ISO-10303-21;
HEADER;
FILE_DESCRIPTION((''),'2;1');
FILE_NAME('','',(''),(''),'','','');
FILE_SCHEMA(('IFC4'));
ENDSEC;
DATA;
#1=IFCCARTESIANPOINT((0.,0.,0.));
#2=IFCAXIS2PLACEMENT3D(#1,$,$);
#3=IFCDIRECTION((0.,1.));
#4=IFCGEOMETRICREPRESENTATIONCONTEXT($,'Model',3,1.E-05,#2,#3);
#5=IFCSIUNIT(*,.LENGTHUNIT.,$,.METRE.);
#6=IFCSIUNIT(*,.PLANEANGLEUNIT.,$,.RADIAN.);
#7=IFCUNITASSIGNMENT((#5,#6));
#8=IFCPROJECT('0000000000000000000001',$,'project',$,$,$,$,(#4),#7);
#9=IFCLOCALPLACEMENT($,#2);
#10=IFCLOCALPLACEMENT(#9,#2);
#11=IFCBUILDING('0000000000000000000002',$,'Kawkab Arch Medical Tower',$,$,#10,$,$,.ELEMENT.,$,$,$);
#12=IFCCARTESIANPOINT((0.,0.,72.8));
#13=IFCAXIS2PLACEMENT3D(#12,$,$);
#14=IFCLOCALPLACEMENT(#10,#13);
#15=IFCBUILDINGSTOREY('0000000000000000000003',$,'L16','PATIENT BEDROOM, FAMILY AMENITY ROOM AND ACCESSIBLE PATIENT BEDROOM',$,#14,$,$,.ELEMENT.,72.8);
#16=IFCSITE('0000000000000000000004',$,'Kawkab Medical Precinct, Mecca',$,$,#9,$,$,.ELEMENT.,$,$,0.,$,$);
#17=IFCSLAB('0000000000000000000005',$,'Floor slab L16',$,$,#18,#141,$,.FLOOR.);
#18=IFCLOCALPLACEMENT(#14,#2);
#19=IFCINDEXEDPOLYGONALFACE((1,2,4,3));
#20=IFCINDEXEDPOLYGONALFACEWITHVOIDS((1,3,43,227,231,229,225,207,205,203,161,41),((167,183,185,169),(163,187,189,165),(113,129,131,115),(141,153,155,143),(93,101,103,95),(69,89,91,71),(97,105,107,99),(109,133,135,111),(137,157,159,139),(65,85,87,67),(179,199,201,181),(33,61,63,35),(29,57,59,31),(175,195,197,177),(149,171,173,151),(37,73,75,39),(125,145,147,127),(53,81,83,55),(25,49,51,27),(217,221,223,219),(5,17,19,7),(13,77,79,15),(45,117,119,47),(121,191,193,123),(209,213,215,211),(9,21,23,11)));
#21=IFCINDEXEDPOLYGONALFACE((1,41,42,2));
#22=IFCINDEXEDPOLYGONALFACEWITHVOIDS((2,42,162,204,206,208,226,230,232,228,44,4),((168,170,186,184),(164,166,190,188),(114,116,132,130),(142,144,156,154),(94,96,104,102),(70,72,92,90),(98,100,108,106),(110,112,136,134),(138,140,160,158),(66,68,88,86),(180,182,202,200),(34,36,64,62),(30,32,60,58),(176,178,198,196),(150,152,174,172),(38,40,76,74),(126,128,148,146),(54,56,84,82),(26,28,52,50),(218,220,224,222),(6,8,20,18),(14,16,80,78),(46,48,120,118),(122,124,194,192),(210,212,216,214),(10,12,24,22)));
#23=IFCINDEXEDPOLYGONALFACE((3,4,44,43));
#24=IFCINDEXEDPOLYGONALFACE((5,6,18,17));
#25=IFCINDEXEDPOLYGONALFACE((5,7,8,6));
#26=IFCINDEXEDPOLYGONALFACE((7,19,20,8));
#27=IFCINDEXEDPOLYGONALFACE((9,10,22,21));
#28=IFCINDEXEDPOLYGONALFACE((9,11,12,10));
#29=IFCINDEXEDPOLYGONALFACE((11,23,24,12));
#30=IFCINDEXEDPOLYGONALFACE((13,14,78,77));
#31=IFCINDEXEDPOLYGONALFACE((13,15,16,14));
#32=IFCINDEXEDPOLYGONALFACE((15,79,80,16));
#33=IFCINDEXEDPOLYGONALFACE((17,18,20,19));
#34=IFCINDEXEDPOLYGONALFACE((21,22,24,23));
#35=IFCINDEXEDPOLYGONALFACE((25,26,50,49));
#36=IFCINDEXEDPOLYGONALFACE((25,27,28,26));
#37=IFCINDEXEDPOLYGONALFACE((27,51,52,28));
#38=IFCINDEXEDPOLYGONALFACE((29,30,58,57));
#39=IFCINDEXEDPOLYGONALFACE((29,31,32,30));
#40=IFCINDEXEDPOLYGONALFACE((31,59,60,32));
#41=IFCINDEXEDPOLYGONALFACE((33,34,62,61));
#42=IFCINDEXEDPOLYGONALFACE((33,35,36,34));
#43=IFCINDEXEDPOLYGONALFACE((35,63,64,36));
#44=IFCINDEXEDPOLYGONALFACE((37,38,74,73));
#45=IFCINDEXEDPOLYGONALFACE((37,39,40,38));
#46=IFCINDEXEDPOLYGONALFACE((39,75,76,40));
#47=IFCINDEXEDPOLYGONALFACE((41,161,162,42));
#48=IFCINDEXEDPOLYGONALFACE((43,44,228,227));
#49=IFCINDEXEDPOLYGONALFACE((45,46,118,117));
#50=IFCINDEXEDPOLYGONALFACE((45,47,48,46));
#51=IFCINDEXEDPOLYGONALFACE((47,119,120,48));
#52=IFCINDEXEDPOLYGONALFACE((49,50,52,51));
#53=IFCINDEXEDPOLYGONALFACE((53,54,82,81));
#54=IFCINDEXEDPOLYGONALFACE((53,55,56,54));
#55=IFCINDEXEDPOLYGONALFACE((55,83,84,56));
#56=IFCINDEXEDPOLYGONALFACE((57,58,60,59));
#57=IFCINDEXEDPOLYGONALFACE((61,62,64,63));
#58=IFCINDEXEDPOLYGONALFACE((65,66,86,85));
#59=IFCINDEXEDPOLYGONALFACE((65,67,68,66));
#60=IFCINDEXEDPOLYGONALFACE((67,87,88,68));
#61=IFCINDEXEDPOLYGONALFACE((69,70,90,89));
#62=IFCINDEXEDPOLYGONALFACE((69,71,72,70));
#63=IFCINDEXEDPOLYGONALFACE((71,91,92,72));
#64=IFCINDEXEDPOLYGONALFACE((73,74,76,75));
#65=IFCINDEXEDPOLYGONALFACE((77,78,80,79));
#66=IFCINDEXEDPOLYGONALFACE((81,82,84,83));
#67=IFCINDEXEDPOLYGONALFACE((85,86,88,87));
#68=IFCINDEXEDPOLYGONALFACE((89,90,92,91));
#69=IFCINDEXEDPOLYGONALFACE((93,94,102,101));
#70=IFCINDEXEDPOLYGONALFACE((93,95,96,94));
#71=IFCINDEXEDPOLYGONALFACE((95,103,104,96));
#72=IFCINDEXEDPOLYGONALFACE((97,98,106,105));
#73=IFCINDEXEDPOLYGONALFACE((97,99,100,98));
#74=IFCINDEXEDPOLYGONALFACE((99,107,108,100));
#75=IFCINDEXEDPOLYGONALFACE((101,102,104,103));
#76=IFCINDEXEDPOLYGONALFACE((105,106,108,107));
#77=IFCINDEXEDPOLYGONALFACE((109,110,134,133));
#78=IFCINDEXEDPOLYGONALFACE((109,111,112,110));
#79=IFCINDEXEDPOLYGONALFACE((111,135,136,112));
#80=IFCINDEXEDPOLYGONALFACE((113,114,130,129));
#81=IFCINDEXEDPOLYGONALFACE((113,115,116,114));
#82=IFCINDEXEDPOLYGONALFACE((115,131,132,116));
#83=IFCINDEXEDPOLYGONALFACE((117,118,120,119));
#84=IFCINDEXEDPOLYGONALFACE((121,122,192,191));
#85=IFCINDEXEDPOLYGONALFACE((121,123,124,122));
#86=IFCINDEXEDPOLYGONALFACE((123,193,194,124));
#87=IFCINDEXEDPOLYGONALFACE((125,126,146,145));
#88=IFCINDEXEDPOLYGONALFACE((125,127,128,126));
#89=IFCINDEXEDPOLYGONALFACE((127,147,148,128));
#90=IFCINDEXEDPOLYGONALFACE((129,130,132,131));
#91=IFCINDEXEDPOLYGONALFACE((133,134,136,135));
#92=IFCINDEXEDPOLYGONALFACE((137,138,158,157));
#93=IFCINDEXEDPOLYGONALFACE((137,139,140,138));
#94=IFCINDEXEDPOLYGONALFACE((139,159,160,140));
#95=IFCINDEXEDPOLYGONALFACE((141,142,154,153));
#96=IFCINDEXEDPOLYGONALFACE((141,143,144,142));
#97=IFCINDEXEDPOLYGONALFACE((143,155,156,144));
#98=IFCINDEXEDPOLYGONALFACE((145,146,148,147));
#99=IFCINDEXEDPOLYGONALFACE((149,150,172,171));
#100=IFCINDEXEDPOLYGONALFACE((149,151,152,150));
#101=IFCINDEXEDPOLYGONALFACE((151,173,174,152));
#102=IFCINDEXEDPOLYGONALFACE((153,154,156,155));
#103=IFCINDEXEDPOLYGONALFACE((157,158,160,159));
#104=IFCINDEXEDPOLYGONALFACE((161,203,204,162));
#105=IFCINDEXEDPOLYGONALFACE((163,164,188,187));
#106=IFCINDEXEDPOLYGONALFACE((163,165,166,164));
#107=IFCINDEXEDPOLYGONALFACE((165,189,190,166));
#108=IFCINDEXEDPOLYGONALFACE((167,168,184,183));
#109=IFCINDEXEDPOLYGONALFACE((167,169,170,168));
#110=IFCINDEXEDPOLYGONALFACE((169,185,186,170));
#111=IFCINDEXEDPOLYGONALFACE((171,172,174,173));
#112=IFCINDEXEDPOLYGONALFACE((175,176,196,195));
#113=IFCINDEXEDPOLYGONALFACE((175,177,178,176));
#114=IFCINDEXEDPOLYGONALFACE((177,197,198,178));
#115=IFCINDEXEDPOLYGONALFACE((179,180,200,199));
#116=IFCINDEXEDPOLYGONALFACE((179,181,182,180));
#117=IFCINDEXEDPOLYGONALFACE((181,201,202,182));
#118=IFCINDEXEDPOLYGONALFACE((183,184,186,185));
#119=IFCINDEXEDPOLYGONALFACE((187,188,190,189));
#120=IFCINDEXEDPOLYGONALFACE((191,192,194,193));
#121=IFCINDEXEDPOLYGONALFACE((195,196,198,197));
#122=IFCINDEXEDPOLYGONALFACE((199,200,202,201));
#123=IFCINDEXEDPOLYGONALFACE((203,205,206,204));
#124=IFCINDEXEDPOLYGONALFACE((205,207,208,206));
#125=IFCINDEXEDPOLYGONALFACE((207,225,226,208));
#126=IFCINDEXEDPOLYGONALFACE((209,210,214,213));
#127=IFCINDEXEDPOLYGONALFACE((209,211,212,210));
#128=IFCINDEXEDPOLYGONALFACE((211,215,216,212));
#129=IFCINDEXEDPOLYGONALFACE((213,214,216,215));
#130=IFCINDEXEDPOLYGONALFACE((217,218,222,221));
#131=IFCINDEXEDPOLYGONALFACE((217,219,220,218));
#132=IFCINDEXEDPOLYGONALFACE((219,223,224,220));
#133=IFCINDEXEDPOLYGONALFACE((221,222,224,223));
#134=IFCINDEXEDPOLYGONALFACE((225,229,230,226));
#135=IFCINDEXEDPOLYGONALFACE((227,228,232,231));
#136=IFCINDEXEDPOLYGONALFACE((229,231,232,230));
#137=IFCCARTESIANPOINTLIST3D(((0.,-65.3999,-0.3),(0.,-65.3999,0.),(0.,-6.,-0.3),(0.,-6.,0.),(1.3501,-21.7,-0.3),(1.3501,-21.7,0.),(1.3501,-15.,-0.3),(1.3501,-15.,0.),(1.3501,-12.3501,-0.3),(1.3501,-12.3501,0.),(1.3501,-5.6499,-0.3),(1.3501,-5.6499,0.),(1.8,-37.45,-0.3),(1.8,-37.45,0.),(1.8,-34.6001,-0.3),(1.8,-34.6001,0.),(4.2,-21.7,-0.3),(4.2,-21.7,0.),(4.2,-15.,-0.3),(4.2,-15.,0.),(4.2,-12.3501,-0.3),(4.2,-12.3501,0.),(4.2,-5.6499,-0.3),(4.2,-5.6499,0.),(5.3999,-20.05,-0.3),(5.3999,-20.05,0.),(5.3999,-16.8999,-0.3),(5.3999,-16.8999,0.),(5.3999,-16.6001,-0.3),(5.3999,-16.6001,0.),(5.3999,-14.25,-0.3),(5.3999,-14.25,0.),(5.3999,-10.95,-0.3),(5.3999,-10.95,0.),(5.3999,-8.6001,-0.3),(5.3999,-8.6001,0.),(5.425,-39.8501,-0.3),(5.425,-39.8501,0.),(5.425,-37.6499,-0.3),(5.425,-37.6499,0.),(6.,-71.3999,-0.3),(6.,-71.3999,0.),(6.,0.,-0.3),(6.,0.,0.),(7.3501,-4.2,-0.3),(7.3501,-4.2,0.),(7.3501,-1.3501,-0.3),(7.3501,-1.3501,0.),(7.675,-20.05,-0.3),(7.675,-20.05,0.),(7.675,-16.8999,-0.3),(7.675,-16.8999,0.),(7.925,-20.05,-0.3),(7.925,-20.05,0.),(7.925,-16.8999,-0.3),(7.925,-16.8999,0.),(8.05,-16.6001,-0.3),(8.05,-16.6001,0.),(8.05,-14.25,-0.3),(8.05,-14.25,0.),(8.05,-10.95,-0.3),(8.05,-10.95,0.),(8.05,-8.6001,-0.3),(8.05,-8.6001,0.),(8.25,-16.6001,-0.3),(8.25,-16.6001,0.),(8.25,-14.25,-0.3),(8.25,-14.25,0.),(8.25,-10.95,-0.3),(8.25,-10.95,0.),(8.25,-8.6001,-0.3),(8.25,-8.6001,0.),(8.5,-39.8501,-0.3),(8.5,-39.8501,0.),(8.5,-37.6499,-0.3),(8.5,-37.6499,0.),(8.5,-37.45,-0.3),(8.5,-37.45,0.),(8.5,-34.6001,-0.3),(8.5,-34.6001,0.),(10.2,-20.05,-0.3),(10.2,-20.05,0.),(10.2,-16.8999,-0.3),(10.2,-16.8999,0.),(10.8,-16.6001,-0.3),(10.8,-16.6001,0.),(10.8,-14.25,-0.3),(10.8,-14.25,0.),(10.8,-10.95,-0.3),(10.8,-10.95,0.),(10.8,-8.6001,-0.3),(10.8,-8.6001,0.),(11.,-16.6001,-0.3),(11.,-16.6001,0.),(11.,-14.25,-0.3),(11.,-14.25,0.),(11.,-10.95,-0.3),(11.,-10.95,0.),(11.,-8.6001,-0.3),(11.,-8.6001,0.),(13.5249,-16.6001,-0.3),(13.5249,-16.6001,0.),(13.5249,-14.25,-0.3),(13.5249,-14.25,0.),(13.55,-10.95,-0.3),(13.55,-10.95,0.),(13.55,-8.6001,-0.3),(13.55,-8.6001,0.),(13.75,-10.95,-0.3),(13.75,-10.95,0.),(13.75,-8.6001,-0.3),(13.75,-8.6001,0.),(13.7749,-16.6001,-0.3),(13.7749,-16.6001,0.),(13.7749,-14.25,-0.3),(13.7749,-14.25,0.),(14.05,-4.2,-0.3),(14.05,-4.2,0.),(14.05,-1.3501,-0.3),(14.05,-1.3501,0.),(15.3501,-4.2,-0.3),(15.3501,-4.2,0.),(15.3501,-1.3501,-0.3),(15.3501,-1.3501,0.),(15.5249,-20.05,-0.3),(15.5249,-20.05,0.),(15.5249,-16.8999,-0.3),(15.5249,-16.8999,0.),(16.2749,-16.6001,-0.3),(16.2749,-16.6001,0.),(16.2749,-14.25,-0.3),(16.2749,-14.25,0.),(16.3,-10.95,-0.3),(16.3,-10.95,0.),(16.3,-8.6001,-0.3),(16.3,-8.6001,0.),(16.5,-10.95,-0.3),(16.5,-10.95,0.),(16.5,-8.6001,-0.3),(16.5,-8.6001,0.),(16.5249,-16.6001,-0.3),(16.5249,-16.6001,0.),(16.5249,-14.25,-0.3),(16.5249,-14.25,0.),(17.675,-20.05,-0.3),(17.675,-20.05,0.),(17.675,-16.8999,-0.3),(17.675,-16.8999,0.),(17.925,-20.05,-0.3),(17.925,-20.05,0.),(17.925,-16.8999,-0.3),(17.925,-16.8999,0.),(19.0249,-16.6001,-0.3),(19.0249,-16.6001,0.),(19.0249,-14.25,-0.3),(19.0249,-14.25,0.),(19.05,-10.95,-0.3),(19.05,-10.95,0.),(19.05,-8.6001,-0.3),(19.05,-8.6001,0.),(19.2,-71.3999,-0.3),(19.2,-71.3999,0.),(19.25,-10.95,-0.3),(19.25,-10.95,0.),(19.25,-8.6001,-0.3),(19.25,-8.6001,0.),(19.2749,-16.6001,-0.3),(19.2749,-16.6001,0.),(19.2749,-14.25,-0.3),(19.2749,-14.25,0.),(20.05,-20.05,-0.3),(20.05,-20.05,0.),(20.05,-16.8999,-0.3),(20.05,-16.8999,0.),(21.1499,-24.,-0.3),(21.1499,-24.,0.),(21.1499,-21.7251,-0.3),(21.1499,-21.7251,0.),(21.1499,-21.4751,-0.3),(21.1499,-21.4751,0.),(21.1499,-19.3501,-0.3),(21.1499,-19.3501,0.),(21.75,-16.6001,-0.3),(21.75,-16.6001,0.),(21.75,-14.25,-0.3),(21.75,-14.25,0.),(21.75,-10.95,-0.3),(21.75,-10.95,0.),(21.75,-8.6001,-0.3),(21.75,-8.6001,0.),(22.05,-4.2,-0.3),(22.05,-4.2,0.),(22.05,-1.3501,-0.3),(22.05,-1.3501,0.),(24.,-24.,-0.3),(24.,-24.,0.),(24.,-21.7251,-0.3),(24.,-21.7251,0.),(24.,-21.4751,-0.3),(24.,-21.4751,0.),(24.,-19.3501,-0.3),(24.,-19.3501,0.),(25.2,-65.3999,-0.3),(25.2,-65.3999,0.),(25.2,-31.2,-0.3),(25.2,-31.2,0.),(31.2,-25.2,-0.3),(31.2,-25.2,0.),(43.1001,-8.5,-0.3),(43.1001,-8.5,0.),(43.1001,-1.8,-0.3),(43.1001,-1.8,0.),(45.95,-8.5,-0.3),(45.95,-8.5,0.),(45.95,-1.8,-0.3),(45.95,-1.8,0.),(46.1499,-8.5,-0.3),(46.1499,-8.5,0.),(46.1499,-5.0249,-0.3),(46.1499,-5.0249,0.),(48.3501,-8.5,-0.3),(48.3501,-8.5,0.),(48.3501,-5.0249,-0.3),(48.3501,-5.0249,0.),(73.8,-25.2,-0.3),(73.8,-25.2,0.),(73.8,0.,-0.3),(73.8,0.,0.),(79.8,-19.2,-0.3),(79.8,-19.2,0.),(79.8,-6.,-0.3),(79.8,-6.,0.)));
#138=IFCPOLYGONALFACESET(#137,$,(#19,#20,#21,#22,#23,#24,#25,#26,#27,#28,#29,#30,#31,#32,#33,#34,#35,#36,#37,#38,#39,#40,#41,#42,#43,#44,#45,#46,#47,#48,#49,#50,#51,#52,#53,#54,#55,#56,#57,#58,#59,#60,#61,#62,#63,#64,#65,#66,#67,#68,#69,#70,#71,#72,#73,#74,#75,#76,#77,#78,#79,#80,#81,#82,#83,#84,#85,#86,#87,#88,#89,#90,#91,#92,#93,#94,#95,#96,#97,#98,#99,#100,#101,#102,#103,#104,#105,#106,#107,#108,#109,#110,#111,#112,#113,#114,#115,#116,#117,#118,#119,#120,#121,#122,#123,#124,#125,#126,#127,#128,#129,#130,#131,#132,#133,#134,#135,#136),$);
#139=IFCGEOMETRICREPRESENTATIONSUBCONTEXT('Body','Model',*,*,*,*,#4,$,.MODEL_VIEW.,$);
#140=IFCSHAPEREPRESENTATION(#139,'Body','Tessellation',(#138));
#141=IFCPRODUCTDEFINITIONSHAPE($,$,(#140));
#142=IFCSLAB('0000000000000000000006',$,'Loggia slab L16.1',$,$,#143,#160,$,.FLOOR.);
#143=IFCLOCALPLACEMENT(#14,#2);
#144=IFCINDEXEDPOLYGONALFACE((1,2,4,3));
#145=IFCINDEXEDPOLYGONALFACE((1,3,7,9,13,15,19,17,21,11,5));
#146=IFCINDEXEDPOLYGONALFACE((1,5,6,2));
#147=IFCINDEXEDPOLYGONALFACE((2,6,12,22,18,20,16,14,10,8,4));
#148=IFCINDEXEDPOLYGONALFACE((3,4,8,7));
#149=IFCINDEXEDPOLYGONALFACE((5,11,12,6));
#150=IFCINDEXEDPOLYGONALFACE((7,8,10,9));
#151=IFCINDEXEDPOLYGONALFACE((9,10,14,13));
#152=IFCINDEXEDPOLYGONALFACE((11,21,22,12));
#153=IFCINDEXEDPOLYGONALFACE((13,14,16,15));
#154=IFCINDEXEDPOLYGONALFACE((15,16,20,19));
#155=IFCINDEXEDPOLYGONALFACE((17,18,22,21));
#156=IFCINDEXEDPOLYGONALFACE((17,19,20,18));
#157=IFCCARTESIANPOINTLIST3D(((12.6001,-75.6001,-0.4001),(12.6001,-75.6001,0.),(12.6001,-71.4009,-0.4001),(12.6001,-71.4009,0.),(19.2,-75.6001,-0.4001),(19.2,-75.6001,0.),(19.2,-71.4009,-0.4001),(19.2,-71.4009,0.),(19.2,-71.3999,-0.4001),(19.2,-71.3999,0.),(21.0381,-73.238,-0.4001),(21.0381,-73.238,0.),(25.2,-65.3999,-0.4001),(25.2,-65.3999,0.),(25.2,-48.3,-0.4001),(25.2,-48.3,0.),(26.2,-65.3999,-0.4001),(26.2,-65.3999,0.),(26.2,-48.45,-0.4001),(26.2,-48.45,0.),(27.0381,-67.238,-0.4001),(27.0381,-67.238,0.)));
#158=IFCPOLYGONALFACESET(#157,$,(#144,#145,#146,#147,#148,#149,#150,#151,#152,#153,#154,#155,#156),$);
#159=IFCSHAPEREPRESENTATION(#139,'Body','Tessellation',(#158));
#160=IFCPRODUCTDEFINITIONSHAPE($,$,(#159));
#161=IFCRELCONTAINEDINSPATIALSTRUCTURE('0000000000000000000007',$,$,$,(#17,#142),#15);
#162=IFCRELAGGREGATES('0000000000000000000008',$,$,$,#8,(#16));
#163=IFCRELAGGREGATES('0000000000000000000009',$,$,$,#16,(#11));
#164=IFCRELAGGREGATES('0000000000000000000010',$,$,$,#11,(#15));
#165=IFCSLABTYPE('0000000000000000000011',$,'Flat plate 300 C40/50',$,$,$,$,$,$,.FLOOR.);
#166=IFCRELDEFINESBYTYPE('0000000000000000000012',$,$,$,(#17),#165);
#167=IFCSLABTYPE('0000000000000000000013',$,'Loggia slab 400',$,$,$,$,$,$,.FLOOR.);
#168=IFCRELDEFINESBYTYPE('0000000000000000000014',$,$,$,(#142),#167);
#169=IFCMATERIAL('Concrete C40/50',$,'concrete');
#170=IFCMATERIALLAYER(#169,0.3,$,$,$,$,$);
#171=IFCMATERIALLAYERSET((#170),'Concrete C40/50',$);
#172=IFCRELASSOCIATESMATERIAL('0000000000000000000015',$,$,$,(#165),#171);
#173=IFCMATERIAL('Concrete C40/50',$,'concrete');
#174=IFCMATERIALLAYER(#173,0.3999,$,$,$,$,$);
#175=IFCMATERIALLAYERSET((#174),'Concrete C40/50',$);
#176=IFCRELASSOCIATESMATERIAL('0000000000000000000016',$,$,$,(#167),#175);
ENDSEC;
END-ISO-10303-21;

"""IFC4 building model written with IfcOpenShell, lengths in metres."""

from ifc_helpers import new_model, si_unit, direction, frame, origin, place, context, subcontext, project, spatial, polyline, outline, extrude, material, layer, layer_set, type_object, element, save


model = new_model("IFC4")

# Units and contexts
model_context = context("Model", 3, precision=1e-05, world=origin(), true_north=direction((0.0, 1.0)))
body_context = subcontext(model_context, "Body", "Model", "MODEL_VIEW")
ifc_project = project(units=[si_unit("LENGTHUNIT", "METRE"), si_unit("PLANEANGLEUNIT", "RADIAN")], contexts=[model_context])

# Site, building, storey
site_placement = place(None, origin())
site = spatial("IfcSite", under=ifc_project, at=site_placement, Name="Kawkab Medical Precinct, Mecca", CompositionType="ELEMENT", RefElevation=0.0)
building_placement = place(site_placement, origin())
building = spatial("IfcBuilding", under=site, at=building_placement, Name="Kawkab Arch Medical Tower", CompositionType="ELEMENT")
storey_placement = place(building_placement, frame((0.0, 0.0, 72.8)))
storey = spatial("IfcBuildingStorey", under=building, at=storey_placement, Name="L16", Description="PATIENT BEDROOM, FAMILY AMENITY ROOM AND ACCESSIBLE PATIENT BEDROOM", CompositionType="ELEMENT", Elevation=72.8)

# Slabs
ifc_material_1 = material(Name="Concrete C40/50", Category="concrete")
ifc_layer_1 = layer(ifc_material_1, 0.3)
ifc_layer_set_1 = layer_set([ifc_layer_1], Name="Concrete C40/50")
slab_type_1 = type_object("IfcSlabType", Name="Flat plate 300 C40/50", PredefinedType="FLOOR", material=ifc_layer_set_1)
slab_1_placement = place(storey_placement, frame((0.0, 0.0, -0.3)))
element("IfcSlab", 1, at=slab_1_placement, inside=storey, type_object=slab_type_1, Name="Floor slab L16", PredefinedType="FLOOR", context=body_context, shape_type="SweptSolid", body=[
    extrude(outline(polyline([(6.0, 0.0), (73.8, 0.0), (79.8, -6.0), (79.8, -19.2), (73.8, -25.2), (31.2, -25.2), (25.2, -31.2), (25.2, -65.3999), (19.2, -71.3999), (6.0, -71.3999), (0.0, -65.3999), (0.0, -6.0), (6.0, 0.0)]), holes=[polyline([(5.425, -37.6499), (5.425, -39.8501), (8.5, -39.8501), (8.5, -37.6499), (5.425, -37.6499)]), polyline([(1.8, -37.45), (8.5, -37.45), (8.5, -34.6001), (1.8, -34.6001), (1.8, -37.45)]), polyline([(5.3999, -16.8999), (5.3999, -20.05), (7.675, -20.05), (7.675, -16.8999), (5.3999, -16.8999)]), polyline([(10.2, -16.8999), (7.925, -16.8999), (7.925, -20.05), (10.2, -20.05), (10.2, -16.8999)]), polyline([(4.2, -21.7), (4.2, -15.0), (1.3501, -15.0), (1.3501, -21.7), (4.2, -21.7)]), polyline([(5.3999, -14.25), (5.3999, -16.6001), (8.05, -16.6001), (8.05, -14.25), (5.3999, -14.25)]), polyline([(8.25, -14.25), (8.25, -16.6001), (10.8, -16.6001), (10.8, -14.25), (8.25, -14.25)]), polyline([(11.0, -16.6001), (13.5249, -16.6001), (13.5249, -14.25), (11.0, -14.25), (11.0, -16.6001)]), polyline([(5.3999, -8.6001), (5.3999, -10.95), (8.05, -10.95), (8.05, -8.6001), (5.3999, -8.6001)]), polyline([(8.25, -8.6001), (8.25, -10.95), (10.8, -10.95), (10.8, -8.6001), (8.25, -8.6001)]), polyline([(13.55, -10.95), (13.55, -8.6001), (11.0, -8.6001), (11.0, -10.95), (13.55, -10.95)]), polyline([(4.2, -12.3501), (4.2, -5.6499), (1.3501, -5.6499), (1.3501, -12.3501), (4.2, -12.3501)]), polyline([(7.3501, -4.2), (14.05, -4.2), (14.05, -1.3501), (7.3501, -1.3501), (7.3501, -4.2)]), polyline([(24.0, -21.7251), (21.1499, -21.7251), (21.1499, -24.0), (24.0, -24.0), (24.0, -21.7251)]), polyline([(24.0, -21.4751), (24.0, -19.3501), (21.1499, -19.3501), (21.1499, -21.4751), (24.0, -21.4751)]), polyline([(15.5249, -20.05), (17.675, -20.05), (17.675, -16.8999), (15.5249, -16.8999), (15.5249, -20.05)]), polyline([(20.05, -20.05), (20.05, -16.8999), (17.925, -16.8999), (17.925, -20.05), (20.05, -20.05)]), polyline([(13.7749, -14.25), (13.7749, -16.6001), (16.2749, -16.6001), (16.2749, -14.25), (13.7749, -14.25)]), polyline([(16.5249, -14.25), (16.5249, -16.6001), (19.0249, -16.6001), (19.0249, -14.25), (16.5249, -14.25)]), polyline([(21.75, -16.6001), (21.75, -14.25), (19.2749, -14.25), (19.2749, -16.6001), (21.75, -16.6001)]), polyline([(13.75, -10.95), (16.3, -10.95), (16.3, -8.6001), (13.75, -8.6001), (13.75, -10.95)]), polyline([(16.5, -10.95), (19.05, -10.95), (19.05, -8.6001), (16.5, -8.6001), (16.5, -10.95)]), polyline([(21.75, -10.95), (21.75, -8.6001), (19.25, -8.6001), (19.25, -10.95), (21.75, -10.95)]), polyline([(46.1499, -5.0249), (46.1499, -8.5), (48.3501, -8.5), (48.3501, -5.0249), (46.1499, -5.0249)]), polyline([(43.1001, -1.8), (43.1001, -8.5), (45.95, -8.5), (45.95, -1.8), (43.1001, -1.8)]), polyline([(22.05, -1.3501), (15.3501, -1.3501), (15.3501, -4.2), (22.05, -4.2), (22.05, -1.3501)])]), origin(), (0.0, 0.0, 1.0), 0.3),
])
ifc_material_2 = material(Name="Concrete C40/50", Category="concrete")
ifc_layer_2 = layer(ifc_material_2, 0.3999)
ifc_layer_set_2 = layer_set([ifc_layer_2], Name="Concrete C40/50")
slab_type_2 = type_object("IfcSlabType", Name="Loggia slab 400", PredefinedType="FLOOR", material=ifc_layer_set_2)
placement_1 = place(storey_placement, frame((0.0, 0.0, -0.4001)))
element("IfcSlab", 2, at=placement_1, inside=storey, type_object=slab_type_2, Name="Loggia slab L16.1", PredefinedType="FLOOR", context=body_context, shape_type="SweptSolid", body=[
    extrude(outline(polyline([(12.6001, -75.6001), (12.6001, -71.4009), (19.2, -71.4009), (19.2, -71.3999), (25.2, -65.3999), (25.2, -48.3), (26.2, -48.45), (26.2, -65.3999), (27.0381, -67.238), (21.0381, -73.238), (19.2, -75.6001), (12.6001, -75.6001)])), origin(), (0.0, 0.0, 1.0), 0.4001),
])

save(model, "model.ifc")
